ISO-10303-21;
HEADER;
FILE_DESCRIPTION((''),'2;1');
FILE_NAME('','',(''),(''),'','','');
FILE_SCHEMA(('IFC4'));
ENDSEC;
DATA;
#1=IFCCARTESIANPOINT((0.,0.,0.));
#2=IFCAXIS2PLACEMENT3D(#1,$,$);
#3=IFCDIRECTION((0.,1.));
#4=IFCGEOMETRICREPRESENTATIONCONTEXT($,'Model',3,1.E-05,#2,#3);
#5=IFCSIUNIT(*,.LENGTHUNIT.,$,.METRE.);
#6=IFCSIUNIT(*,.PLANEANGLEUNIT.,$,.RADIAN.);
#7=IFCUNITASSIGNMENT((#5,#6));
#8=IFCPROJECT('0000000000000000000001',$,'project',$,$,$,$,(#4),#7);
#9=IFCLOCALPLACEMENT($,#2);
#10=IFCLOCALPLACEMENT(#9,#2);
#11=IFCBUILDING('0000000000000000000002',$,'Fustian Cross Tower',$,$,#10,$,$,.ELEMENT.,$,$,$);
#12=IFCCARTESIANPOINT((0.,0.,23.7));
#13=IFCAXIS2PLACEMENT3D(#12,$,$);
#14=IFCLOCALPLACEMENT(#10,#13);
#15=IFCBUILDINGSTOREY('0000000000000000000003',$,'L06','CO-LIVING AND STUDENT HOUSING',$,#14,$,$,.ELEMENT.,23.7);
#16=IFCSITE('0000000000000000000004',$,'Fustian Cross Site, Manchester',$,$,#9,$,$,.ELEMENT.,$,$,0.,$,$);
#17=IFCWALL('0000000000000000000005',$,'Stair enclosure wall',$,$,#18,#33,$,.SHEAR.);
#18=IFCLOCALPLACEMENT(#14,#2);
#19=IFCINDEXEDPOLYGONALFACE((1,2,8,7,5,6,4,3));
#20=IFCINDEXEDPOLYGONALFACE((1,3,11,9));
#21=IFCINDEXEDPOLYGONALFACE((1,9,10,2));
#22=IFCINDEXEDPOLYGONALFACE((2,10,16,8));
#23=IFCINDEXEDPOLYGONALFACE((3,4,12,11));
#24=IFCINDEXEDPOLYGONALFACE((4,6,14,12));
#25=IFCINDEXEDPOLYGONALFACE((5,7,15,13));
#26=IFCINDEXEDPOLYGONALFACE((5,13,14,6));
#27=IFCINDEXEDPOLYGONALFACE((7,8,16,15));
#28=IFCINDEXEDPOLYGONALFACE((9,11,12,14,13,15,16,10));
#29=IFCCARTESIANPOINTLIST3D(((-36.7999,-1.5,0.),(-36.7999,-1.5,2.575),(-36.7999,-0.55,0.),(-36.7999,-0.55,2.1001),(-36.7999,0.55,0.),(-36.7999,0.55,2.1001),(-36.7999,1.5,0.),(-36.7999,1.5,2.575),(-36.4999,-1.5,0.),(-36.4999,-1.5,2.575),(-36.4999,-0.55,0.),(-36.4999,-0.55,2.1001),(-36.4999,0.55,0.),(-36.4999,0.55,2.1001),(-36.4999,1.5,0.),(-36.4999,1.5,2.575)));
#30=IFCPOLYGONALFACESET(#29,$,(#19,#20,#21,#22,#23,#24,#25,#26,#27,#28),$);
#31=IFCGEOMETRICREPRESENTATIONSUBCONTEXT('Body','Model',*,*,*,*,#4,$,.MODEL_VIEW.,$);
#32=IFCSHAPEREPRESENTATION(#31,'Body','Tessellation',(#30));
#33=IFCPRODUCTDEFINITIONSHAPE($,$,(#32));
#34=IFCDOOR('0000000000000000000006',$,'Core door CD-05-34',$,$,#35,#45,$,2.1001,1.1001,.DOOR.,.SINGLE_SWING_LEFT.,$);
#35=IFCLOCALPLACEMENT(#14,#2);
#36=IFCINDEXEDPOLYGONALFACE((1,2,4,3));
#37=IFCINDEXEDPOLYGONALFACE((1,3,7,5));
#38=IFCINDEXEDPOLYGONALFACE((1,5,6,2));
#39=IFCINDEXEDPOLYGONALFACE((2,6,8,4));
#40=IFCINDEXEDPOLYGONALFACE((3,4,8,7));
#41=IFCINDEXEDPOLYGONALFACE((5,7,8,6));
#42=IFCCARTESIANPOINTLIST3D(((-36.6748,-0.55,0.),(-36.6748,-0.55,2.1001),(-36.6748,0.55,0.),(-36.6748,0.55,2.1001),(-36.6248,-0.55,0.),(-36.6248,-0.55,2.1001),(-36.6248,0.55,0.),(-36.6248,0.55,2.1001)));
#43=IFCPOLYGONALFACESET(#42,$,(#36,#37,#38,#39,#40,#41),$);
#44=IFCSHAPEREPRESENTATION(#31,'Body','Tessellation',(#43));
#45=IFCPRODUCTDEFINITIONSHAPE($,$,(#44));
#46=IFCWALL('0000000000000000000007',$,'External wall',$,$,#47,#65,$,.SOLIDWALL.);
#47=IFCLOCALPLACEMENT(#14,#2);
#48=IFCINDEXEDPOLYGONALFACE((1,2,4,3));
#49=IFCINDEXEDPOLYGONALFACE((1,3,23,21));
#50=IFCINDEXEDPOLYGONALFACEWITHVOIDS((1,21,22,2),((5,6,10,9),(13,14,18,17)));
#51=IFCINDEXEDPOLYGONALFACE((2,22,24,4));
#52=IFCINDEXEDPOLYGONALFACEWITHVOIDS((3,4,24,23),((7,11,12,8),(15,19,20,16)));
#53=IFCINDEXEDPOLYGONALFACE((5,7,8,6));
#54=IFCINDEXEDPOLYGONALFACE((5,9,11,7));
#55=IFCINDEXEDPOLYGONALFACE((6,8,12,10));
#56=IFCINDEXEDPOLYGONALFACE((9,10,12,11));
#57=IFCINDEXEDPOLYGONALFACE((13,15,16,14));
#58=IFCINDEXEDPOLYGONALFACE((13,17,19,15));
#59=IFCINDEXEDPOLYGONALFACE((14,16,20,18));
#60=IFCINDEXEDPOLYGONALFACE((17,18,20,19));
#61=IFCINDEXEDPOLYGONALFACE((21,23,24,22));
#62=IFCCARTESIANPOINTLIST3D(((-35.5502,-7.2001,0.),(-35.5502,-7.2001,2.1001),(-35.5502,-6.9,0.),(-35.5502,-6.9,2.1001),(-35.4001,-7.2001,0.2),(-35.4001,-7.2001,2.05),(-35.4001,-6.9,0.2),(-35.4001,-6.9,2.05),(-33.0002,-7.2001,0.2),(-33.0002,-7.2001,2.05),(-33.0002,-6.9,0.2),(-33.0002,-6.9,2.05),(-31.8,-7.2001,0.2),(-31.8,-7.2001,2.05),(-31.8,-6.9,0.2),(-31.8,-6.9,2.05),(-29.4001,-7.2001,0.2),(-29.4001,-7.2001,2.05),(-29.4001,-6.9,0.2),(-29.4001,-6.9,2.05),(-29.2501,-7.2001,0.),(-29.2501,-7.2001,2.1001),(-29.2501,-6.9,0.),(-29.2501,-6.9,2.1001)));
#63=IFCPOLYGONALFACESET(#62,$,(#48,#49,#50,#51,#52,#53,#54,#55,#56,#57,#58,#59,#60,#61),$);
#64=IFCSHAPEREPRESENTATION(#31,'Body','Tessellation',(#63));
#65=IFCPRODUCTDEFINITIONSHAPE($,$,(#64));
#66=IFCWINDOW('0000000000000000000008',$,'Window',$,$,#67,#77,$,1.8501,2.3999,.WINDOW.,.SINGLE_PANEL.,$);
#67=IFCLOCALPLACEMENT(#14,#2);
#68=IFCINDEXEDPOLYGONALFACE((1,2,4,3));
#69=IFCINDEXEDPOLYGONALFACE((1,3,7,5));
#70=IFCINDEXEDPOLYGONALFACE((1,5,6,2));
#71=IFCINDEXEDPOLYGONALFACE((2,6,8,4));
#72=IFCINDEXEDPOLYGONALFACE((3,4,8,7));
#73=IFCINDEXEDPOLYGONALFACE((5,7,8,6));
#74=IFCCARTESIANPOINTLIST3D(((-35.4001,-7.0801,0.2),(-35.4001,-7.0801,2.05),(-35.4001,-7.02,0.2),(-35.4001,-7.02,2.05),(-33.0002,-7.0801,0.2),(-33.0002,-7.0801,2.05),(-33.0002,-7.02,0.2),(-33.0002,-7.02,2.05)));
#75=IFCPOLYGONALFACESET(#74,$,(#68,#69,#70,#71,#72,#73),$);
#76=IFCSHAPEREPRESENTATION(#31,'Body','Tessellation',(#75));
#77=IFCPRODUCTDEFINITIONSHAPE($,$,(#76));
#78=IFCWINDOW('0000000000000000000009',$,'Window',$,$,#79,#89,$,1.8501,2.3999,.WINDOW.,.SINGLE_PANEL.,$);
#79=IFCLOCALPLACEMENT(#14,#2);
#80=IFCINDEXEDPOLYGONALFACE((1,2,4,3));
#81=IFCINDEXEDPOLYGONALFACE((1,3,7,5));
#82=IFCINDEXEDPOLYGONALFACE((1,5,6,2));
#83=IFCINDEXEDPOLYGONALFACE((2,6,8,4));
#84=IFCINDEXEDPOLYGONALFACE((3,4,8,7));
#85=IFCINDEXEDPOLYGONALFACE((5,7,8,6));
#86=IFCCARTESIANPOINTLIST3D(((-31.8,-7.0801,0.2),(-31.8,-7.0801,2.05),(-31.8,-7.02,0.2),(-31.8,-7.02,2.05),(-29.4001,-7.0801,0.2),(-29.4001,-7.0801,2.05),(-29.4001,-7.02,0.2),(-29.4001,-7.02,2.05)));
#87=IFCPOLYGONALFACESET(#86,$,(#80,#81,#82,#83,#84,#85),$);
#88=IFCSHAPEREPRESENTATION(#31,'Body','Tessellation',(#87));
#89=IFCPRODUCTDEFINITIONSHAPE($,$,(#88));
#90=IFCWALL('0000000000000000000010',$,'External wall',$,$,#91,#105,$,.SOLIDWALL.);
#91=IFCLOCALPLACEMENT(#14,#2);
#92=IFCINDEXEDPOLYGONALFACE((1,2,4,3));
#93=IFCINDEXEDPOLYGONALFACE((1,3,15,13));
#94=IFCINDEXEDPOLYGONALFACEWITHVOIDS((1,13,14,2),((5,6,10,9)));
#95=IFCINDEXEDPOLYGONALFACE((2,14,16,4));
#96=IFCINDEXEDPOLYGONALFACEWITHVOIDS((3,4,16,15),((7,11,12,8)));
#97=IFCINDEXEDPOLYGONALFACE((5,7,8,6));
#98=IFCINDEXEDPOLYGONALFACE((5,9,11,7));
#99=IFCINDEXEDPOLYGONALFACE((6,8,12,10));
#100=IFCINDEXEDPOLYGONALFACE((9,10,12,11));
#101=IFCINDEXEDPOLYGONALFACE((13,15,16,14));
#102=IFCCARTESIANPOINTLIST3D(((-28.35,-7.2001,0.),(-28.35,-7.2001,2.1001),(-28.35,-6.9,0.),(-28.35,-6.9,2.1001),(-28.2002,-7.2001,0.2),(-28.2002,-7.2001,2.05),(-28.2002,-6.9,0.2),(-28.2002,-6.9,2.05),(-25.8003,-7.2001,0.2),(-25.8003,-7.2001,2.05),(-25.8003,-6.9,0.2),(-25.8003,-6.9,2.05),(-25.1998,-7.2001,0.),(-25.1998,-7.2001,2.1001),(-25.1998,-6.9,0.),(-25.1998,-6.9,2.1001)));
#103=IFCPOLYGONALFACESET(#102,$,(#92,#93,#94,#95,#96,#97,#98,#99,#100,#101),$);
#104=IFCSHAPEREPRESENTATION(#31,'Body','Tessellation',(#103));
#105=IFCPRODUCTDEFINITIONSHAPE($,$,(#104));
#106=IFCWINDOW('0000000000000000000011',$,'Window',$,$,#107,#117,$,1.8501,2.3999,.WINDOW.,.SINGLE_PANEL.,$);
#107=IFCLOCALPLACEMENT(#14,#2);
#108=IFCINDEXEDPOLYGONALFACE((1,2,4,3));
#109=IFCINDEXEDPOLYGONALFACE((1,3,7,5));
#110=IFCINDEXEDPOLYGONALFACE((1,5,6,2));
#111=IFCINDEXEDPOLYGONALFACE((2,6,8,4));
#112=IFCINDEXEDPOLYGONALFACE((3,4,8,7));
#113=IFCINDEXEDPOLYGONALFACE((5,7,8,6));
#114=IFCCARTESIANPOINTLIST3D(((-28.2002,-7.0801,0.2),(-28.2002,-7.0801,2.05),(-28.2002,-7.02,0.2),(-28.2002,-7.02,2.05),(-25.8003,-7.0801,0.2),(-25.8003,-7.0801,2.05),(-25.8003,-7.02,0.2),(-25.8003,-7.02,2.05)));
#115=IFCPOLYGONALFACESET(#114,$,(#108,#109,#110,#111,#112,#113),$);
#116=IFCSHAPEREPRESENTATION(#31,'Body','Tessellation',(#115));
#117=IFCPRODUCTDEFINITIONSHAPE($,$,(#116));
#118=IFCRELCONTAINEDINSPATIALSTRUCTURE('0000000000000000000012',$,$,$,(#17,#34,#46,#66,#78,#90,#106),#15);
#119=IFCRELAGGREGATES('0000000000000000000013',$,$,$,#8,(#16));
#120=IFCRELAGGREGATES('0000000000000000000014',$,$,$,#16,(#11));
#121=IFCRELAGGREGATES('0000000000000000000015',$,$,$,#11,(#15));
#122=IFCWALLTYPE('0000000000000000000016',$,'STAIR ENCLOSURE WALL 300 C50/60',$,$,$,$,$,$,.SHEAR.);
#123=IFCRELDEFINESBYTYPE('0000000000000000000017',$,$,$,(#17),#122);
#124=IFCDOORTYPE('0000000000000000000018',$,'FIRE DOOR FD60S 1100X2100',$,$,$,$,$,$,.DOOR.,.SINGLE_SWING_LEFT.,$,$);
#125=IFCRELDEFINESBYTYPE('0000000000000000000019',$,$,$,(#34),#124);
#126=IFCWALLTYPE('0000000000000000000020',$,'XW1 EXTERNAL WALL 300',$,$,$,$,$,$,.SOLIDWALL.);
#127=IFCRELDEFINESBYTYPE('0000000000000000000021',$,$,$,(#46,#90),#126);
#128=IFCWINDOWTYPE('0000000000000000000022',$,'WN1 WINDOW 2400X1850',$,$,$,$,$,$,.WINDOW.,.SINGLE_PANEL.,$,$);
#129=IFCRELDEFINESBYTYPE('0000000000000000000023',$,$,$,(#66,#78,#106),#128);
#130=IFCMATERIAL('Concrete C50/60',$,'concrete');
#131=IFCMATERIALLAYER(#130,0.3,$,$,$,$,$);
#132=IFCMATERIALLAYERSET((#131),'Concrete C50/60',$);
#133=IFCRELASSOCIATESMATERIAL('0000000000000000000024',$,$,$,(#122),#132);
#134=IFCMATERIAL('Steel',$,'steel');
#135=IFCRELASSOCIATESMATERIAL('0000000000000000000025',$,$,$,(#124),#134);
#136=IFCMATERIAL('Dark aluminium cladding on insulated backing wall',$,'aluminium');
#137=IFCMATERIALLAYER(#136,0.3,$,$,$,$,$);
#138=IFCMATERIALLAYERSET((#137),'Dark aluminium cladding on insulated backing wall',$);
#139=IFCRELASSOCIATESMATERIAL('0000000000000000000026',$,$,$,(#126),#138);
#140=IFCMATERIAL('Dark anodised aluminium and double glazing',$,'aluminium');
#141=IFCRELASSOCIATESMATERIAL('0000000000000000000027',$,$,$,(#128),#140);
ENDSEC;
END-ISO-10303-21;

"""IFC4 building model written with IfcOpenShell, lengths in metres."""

from ifc_helpers import new_model, si_unit, direction, frame, frame_2d, origin, place, context, subcontext, project, spatial, rectangle, extrude, material, layer, layer_set, type_object, element, fill, save


model = new_model("IFC4")

# Units and contexts
model_context = context("Model", 3, precision=1e-05, world=origin(), true_north=direction((0.0, 1.0)))
body_context = subcontext(model_context, "Body", "Model", "MODEL_VIEW")
ifc_project = project(units=[si_unit("LENGTHUNIT", "METRE"), si_unit("PLANEANGLEUNIT", "RADIAN")], contexts=[model_context])

# Site, building, storey
site_placement = place(None, origin())
site = spatial("IfcSite", under=ifc_project, at=site_placement, Name="Fustian Cross Site, Manchester", CompositionType="ELEMENT", RefElevation=0.0)
building_placement = place(site_placement, origin())
building = spatial("IfcBuilding", under=site, at=building_placement, Name="Fustian Cross Tower", CompositionType="ELEMENT")
storey_placement = place(building_placement, frame((0.0, 0.0, 23.7)))
storey = spatial("IfcBuildingStorey", under=building, at=storey_placement, Name="L06", Description="CO-LIVING AND STUDENT HOUSING", CompositionType="ELEMENT", Elevation=23.7)

# Wall, opening, door
ifc_material_1 = material(Name="Concrete C50/60", Category="concrete")
ifc_layer_1 = layer(ifc_material_1, 0.3)
ifc_layer_set_1 = layer_set([ifc_layer_1], Name="Concrete C50/60")
wall_type_1 = type_object("IfcWallType", Name="STAIR ENCLOSURE WALL 300 C50/60", PredefinedType="SHEAR", material=ifc_layer_set_1)
wall_1_placement = place(storey_placement, frame((-36.6499, -1.5, 0.0), z_axis=(0.0, 0.0, 1.0), x_axis=(0.0, 1.0, 0.0)))
wall_1 = element("IfcWall", 1, at=wall_1_placement, inside=storey, type_object=wall_type_1, Name="Stair enclosure wall", PredefinedType="SHEAR", context=body_context, shape_type="SweptSolid", body=[
    extrude(rectangle(XDim=3.0, YDim=0.3, at=frame_2d((1.5, 0.0))), origin(), (0.0, 0.0, 1.0), 2.575),
])
opening_1_placement = place(wall_1_placement, frame((0.95, 0.0, 0.0)))
opening_1 = element("IfcOpeningElement", 2, at=opening_1_placement, cuts=wall_1, PredefinedType="OPENING", context=body_context, shape_type="SweptSolid", body=[
    extrude(rectangle(XDim=1.1001, YDim=2.1001, at=frame_2d((0.55, 1.05))), frame((0.0, 0.1599, 0.0), z_axis=(0.0, -1.0, 0.0), x_axis=(1.0, 0.0, 0.0)), (0.0, 0.0, 1.0), 0.3201),
])
ifc_material_2 = material(Name="Steel", Category="steel")
door_type_1 = type_object("IfcDoorType", Name="FIRE DOOR FD60S 1100X2100", OperationType="SINGLE_SWING_LEFT", PredefinedType="DOOR", material=ifc_material_2)
door_1_placement = place(opening_1_placement, origin())
door_1 = element("IfcDoor", 3, at=door_1_placement, inside=storey, type_object=door_type_1, Name="Core door CD-05-34", OperationType="SINGLE_SWING_LEFT", OverallHeight=2.1001, OverallWidth=1.1001, PredefinedType="DOOR", context=body_context, shape_type="SweptSolid", body=[
    extrude(rectangle(XDim=1.1001, YDim=2.1001, at=frame_2d((0.55, 1.05))), frame((0.0, 0.0249, 0.0), z_axis=(0.0, -1.0, 0.0), x_axis=(1.0, 0.0, 0.0)), (0.0, 0.0, 1.0), 0.05),
])
fill(opening_1, door_1)

# Wall, openings, windows
ifc_material_3 = material(Name="Dark aluminium cladding on insulated backing wall", Category="aluminium")
ifc_layer_2 = layer(ifc_material_3, 0.3)
ifc_layer_set_2 = layer_set([ifc_layer_2], Name="Dark aluminium cladding on insulated backing wall")
wall_type_2 = type_object("IfcWallType", Name="XW1 EXTERNAL WALL 300", PredefinedType="SOLIDWALL", material=ifc_layer_set_2)
wall_2_placement = place(storey_placement, frame((-35.55, -7.05, 0.0), z_axis=(0.0, 0.0, 1.0), x_axis=(1.0, 0.0, 0.0)))
wall_2 = element("IfcWall", 4, at=wall_2_placement, inside=storey, type_object=wall_type_2, Name="External wall", PredefinedType="SOLIDWALL", context=body_context, shape_type="SweptSolid", body=[
    extrude(rectangle(XDim=6.3, YDim=0.3, at=frame_2d((3.1499, 0.0))), origin(), (0.0, 0.0, 1.0), 2.1001),
])
opening_2_placement = place(wall_2_placement, frame((0.1499, 0.0, 0.2)))
opening_2 = element("IfcOpeningElement", 5, at=opening_2_placement, cuts=wall_2, PredefinedType="OPENING", context=body_context, shape_type="SweptSolid", body=[
    extrude(rectangle(XDim=2.3999, YDim=1.8501, at=frame_2d((1.2, 0.925))), frame((0.0, 0.1599, 0.0), z_axis=(0.0, -1.0, 0.0), x_axis=(1.0, 0.0, 0.0)), (0.0, 0.0, 1.0), 0.3201),
])
opening_3_placement = place(wall_2_placement, frame((3.75, 0.0, 0.2)))
opening_3 = element("IfcOpeningElement", 6, at=opening_3_placement, cuts=wall_2, PredefinedType="OPENING", context=body_context, shape_type="SweptSolid", body=[
    extrude(rectangle(XDim=2.3999, YDim=1.8501, at=frame_2d((1.2, 0.925))), frame((0.0, 0.1599, 0.0), z_axis=(0.0, -1.0, 0.0), x_axis=(1.0, 0.0, 0.0)), (0.0, 0.0, 1.0), 0.3201),
])
ifc_material_4 = material(Name="Dark anodised aluminium and double glazing", Category="aluminium")
window_type = type_object("IfcWindowType", Name="WN1 WINDOW 2400X1850", PartitioningType="SINGLE_PANEL", PredefinedType="WINDOW", material=ifc_material_4)
window_1_placement = place(opening_2_placement, origin())
window_1 = element("IfcWindow", 7, at=window_1_placement, inside=storey, type_object=window_type, Name="Window", OverallHeight=1.8501, OverallWidth=2.3999, PartitioningType="SINGLE_PANEL", PredefinedType="WINDOW", context=body_context, shape_type="SweptSolid", body=[
    extrude(rectangle(XDim=2.3999, YDim=1.8501, at=frame_2d((1.2, 0.925))), frame((0.0, 0.03, 0.0), z_axis=(0.0, -1.0, 0.0), x_axis=(1.0, 0.0, 0.0)), (0.0, 0.0, 1.0), 0.0601),
])
fill(opening_2, window_1)
window_2_placement = place(opening_3_placement, origin())
window_2 = element("IfcWindow", 8, at=window_2_placement, inside=storey, type_object=window_type, Name="Window", OverallHeight=1.8501, OverallWidth=2.3999, PartitioningType="SINGLE_PANEL", PredefinedType="WINDOW", context=body_context, shape_type="SweptSolid", body=[
    extrude(rectangle(XDim=2.3999, YDim=1.8501, at=frame_2d((1.2, 0.925))), frame((0.0, 0.03, 0.0), z_axis=(0.0, -1.0, 0.0), x_axis=(1.0, 0.0, 0.0)), (0.0, 0.0, 1.0), 0.0601),
])
fill(opening_3, window_2)

# Wall, opening, window
wall_3_placement = place(storey_placement, frame((-28.3501, -7.05, 0.0), z_axis=(0.0, 0.0, 1.0), x_axis=(1.0, 0.0, 0.0)))
wall_3 = element("IfcWall", 9, at=wall_3_placement, inside=storey, type_object=wall_type_2, Name="External wall", PredefinedType="SOLIDWALL", context=body_context, shape_type="SweptSolid", body=[
    extrude(rectangle(XDim=3.1501, YDim=0.3, at=frame_2d((1.5752, 0.0))), origin(), (0.0, 0.0, 1.0), 2.1001),
])
opening_4_placement = place(wall_3_placement, frame((0.1499, 0.0, 0.2)))
opening_4 = element("IfcOpeningElement", 10, at=opening_4_placement, cuts=wall_3, PredefinedType="OPENING", context=body_context, shape_type="SweptSolid", body=[
    extrude(rectangle(XDim=2.3999, YDim=1.8501, at=frame_2d((1.2, 0.925))), frame((0.0, 0.1599, 0.0), z_axis=(0.0, -1.0, 0.0), x_axis=(1.0, 0.0, 0.0)), (0.0, 0.0, 1.0), 0.3201),
])
window_3_placement = place(opening_4_placement, origin())
window_3 = element("IfcWindow", 11, at=window_3_placement, inside=storey, type_object=window_type, Name="Window", OverallHeight=1.8501, OverallWidth=2.3999, PartitioningType="SINGLE_PANEL", PredefinedType="WINDOW", context=body_context, shape_type="SweptSolid", body=[
    extrude(rectangle(XDim=2.3999, YDim=1.8501, at=frame_2d((1.2, 0.925))), frame((0.0, 0.03, 0.0), z_axis=(0.0, -1.0, 0.0), x_axis=(1.0, 0.0, 0.0)), (0.0, 0.0, 1.0), 0.0601),
])
fill(opening_4, window_3)

save(model, "model.ifc")
